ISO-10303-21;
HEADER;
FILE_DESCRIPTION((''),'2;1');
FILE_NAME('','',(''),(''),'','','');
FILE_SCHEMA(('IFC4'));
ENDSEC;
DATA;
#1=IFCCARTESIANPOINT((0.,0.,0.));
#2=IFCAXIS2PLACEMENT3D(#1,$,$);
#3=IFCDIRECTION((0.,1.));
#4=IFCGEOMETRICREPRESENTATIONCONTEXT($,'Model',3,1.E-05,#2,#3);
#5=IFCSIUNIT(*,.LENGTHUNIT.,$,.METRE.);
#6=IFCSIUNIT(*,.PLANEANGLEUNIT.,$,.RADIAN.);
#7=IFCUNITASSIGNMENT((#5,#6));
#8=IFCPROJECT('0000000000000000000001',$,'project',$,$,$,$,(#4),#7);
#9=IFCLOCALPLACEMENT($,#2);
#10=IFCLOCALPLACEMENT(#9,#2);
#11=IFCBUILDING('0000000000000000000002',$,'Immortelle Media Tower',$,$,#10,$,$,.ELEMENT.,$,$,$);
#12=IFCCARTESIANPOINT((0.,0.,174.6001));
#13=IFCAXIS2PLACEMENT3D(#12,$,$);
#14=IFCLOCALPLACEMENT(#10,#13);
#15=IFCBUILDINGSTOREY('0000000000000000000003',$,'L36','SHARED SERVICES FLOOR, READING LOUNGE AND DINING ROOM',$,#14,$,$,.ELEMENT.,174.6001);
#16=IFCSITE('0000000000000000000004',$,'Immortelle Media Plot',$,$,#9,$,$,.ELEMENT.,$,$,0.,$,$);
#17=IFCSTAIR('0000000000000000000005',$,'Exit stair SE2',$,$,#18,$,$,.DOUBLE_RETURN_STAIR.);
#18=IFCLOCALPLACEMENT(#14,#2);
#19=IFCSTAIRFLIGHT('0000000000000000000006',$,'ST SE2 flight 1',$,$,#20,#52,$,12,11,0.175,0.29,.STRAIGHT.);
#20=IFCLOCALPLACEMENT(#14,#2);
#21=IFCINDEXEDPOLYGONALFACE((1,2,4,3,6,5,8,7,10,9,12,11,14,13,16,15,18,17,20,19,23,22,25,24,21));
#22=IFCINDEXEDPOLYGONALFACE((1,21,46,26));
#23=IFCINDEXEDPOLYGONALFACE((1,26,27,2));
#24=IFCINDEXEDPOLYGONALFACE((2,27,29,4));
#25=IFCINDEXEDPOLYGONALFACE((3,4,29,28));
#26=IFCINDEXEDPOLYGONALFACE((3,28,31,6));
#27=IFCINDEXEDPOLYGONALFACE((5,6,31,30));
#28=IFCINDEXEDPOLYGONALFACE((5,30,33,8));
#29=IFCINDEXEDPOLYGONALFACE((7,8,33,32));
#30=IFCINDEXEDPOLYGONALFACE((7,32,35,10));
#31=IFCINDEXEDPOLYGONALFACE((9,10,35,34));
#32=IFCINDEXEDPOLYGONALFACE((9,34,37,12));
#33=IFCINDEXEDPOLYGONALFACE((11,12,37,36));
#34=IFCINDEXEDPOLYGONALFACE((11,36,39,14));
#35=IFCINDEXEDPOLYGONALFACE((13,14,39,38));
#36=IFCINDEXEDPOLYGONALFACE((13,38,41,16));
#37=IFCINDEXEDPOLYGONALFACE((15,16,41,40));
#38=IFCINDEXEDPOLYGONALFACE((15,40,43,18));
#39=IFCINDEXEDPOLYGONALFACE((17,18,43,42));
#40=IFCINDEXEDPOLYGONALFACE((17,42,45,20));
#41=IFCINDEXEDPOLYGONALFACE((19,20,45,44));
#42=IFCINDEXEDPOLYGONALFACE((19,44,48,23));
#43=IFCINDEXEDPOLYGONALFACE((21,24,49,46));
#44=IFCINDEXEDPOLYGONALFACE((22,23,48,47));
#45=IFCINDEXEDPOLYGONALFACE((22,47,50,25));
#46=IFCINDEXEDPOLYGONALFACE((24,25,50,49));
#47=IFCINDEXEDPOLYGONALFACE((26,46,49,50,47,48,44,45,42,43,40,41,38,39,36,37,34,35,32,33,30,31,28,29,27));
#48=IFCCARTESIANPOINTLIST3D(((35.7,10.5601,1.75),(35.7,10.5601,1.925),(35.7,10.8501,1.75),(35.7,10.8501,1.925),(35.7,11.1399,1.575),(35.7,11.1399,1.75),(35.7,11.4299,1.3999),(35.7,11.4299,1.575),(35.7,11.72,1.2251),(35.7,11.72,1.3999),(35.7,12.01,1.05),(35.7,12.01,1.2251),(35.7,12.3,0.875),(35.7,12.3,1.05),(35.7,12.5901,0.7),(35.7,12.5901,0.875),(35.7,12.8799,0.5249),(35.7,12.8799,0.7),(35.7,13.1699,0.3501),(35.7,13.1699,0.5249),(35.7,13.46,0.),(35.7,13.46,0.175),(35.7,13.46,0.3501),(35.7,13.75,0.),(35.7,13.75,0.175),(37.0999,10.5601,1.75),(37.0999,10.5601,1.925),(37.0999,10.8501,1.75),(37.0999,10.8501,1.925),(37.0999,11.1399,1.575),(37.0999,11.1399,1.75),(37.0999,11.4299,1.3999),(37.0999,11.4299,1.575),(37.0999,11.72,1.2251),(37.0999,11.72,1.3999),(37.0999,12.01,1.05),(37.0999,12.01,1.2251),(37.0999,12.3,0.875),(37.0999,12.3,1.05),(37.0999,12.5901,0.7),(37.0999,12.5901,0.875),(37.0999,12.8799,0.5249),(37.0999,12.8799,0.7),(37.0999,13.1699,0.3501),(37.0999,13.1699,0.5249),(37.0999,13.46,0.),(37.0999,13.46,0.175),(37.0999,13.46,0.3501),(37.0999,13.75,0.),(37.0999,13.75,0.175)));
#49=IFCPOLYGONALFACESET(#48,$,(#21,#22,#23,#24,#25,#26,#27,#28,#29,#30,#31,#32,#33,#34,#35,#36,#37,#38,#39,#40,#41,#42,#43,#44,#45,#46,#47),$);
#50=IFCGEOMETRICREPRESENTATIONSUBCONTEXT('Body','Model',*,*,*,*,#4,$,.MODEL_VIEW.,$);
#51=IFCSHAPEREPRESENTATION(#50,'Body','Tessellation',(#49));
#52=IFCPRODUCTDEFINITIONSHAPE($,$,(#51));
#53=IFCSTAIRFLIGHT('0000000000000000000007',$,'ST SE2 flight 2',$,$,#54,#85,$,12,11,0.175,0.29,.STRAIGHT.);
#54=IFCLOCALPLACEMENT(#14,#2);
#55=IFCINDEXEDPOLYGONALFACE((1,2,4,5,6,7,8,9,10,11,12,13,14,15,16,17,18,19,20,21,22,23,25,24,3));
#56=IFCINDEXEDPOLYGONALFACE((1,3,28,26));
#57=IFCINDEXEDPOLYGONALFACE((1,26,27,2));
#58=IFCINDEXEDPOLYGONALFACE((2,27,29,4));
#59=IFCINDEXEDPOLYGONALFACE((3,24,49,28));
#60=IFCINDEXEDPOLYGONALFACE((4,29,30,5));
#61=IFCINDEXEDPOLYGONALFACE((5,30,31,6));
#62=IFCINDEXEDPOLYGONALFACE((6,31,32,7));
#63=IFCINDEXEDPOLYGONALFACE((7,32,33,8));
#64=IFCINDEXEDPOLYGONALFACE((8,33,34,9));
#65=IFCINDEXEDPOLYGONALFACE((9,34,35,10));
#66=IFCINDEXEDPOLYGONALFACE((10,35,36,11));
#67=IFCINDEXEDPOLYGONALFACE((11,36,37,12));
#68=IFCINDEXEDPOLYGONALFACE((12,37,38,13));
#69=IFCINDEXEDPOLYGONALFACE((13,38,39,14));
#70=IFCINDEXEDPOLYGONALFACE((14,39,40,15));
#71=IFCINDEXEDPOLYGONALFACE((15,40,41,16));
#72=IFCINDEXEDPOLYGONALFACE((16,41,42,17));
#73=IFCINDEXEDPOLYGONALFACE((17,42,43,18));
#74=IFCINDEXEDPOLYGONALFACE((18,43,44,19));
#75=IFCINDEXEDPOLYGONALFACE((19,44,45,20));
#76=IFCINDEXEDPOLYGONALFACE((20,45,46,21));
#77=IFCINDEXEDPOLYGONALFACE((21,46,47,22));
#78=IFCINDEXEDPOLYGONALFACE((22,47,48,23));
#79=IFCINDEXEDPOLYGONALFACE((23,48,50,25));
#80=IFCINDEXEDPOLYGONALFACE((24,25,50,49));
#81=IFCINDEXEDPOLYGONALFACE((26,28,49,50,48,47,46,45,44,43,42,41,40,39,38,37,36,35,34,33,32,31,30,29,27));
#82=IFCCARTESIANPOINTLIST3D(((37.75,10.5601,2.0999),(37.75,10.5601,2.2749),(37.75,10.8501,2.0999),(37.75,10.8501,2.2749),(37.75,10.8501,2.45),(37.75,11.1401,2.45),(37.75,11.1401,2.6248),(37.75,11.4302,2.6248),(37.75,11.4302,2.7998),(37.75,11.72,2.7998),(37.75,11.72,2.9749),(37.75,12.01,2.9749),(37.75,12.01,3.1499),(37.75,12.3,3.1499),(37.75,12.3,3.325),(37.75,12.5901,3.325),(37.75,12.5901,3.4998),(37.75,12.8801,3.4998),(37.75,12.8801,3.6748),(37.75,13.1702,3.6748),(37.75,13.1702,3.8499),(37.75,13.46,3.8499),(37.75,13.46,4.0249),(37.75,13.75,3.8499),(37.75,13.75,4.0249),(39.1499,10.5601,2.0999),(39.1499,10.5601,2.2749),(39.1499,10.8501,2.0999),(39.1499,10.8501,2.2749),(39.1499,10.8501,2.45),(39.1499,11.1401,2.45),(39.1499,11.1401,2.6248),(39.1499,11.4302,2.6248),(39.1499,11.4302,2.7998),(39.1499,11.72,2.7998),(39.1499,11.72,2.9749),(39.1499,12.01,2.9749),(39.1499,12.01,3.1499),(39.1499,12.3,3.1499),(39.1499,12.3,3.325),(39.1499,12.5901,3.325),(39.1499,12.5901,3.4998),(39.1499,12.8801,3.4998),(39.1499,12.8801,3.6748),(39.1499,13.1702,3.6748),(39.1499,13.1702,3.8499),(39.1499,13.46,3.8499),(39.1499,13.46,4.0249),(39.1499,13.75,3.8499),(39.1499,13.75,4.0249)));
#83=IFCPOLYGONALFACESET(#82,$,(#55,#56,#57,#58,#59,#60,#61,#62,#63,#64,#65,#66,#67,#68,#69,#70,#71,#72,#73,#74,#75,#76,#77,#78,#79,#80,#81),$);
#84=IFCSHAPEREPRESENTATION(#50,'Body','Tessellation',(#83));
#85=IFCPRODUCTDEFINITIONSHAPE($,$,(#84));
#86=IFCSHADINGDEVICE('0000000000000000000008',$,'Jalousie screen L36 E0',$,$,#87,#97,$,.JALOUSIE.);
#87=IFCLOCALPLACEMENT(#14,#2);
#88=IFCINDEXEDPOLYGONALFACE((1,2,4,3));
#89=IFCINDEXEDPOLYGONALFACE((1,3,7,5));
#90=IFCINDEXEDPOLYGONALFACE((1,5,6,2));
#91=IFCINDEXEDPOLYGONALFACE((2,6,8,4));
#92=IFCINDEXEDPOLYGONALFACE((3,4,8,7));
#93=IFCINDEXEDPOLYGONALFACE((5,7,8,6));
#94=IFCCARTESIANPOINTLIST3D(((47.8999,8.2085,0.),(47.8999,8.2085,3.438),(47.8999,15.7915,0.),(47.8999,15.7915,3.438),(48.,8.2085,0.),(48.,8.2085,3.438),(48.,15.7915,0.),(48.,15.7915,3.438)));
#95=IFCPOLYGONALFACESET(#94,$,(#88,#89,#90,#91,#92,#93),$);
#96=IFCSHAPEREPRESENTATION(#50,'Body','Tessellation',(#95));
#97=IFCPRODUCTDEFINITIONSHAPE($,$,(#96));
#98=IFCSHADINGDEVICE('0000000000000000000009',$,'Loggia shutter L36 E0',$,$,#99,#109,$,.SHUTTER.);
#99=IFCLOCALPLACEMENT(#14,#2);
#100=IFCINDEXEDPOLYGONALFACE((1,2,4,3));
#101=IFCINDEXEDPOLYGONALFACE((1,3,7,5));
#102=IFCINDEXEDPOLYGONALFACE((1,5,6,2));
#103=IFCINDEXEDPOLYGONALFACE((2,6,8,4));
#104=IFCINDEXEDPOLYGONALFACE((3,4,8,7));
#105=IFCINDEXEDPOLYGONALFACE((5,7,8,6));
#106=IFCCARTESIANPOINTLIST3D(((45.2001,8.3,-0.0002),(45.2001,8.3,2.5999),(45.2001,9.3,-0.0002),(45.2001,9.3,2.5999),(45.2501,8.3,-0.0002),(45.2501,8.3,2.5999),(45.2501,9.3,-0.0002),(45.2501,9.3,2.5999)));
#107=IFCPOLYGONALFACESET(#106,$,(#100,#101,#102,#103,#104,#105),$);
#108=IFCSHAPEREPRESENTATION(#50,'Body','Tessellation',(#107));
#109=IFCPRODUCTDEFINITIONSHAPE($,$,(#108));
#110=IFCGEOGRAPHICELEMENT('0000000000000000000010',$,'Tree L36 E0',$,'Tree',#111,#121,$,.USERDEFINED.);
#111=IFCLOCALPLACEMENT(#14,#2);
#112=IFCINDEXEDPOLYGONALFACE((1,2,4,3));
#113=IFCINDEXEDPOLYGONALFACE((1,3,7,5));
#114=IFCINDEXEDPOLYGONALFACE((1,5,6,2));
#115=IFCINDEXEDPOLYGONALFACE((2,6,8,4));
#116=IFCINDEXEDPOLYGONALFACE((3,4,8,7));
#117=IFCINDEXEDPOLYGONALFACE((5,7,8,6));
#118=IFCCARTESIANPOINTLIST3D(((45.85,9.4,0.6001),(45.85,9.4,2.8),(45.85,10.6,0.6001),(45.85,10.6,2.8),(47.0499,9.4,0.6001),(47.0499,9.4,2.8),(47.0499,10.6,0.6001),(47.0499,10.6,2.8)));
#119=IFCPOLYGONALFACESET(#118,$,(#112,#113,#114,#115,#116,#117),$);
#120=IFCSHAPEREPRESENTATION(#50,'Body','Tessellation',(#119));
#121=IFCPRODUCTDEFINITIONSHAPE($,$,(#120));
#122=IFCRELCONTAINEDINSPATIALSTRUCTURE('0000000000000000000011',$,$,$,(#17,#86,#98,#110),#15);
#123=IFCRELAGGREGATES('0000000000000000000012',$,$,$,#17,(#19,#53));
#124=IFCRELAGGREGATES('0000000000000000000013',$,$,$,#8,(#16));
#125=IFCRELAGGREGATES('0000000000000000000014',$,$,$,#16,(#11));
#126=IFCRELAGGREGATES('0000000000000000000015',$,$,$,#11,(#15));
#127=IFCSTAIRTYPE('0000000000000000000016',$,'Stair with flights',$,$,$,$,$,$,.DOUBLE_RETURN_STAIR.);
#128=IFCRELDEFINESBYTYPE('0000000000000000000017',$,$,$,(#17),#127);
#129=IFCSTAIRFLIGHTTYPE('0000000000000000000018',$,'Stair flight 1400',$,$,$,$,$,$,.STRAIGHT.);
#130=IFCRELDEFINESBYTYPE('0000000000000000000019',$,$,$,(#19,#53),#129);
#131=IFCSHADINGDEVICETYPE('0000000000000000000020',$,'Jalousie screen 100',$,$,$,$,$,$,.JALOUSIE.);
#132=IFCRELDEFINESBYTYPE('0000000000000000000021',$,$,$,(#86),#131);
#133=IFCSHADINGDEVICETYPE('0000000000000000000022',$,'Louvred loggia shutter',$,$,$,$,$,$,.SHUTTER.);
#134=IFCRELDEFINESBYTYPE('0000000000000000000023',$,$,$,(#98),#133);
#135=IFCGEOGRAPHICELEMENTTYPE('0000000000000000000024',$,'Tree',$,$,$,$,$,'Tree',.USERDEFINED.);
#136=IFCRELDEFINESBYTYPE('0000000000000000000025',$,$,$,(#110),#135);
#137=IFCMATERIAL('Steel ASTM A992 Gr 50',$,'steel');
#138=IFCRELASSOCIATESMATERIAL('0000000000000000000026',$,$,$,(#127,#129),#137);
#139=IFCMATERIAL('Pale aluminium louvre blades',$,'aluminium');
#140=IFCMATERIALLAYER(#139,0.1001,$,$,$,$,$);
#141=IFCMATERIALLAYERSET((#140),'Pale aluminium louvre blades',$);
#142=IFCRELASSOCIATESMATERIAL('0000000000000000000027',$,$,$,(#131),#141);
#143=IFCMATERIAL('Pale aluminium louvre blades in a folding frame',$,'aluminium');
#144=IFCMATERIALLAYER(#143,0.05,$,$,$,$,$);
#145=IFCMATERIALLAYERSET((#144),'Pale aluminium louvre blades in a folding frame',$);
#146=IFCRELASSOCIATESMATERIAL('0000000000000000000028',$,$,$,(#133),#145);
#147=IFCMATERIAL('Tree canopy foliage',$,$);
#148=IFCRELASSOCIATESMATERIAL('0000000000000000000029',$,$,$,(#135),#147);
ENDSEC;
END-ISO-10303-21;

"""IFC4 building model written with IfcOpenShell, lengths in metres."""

from ifc_helpers import new_model, si_unit, direction, frame, origin, origin_2d, place, context, subcontext, project, spatial, polyline, rectangle, outline, extrude, material, layer, layer_set, type_object, element, aggregate, save


model = new_model("IFC4")

# Units and contexts
model_context = context("Model", 3, precision=1e-05, world=origin(), true_north=direction((0.0, 1.0)))
body_context = subcontext(model_context, "Body", "Model", "MODEL_VIEW")
ifc_project = project(units=[si_unit("LENGTHUNIT", "METRE"), si_unit("PLANEANGLEUNIT", "RADIAN")], contexts=[model_context])

# Site, building, storey
site_placement = place(None, origin())
site = spatial("IfcSite", under=ifc_project, at=site_placement, Name="Immortelle Media Plot", CompositionType="ELEMENT", RefElevation=0.0)
building_placement = place(site_placement, origin())
building = spatial("IfcBuilding", under=site, at=building_placement, Name="Immortelle Media Tower", CompositionType="ELEMENT")
storey_placement = place(building_placement, frame((0.0, 0.0, 174.6001)))
storey = spatial("IfcBuildingStorey", under=building, at=storey_placement, Name="L36", Description="SHARED SERVICES FLOOR, READING LOUNGE AND DINING ROOM", CompositionType="ELEMENT", Elevation=174.6001)

# Shared definitions
ifc_material_1 = material(Name="Steel ASTM A992 Gr 50", Category="steel")

# Stair, stair flights
stair_type = type_object("IfcStairType", Name="Stair with flights", PredefinedType="DOUBLE_RETURN_STAIR", material=ifc_material_1)
stair_flight_type = type_object("IfcStairFlightType", Name="Stair flight 1400", PredefinedType="STRAIGHT", material=ifc_material_1)
stair_1_placement = place(storey_placement, origin())
stair_1 = element("IfcStair", 1, at=stair_1_placement, inside=storey, type_object=stair_type, Name="Exit stair SE2", PredefinedType="DOUBLE_RETURN_STAIR")
stair_flight_1_placement = place(storey_placement, frame((36.3999, 13.75, 0.0), z_axis=(0.0, 0.0, 1.0), x_axis=(0.0, -1.0, 0.0)))
stair_flight_1 = element("IfcStairFlight", 2, at=stair_flight_1_placement, type_object=stair_flight_type, Name="ST SE2 flight 1", NumberOfRisers=12, NumberOfTreads=11, PredefinedType="STRAIGHT", RiserHeight=0.175, TreadLength=0.29, context=body_context, shape_type="SweptSolid", body=[
    extrude(outline(polyline([(0.0, 0.0), (0.0, 0.175), (0.29, 0.175), (0.29, 0.3501), (0.5801, 0.3501), (0.5801, 0.5249), (0.8701, 0.5249), (0.8701, 0.7), (1.1599, 0.7), (1.1599, 0.875), (1.45, 0.875), (1.45, 1.05), (1.74, 1.05), (1.74, 1.2251), (2.03, 1.2251), (2.03, 1.3999), (2.3201, 1.3999), (2.3201, 1.575), (2.6101, 1.575), (2.6101, 1.75), (2.8999, 1.75), (2.8999, 1.925), (3.1899, 1.925), (3.1899, 2.1001), (3.1899, 1.75), (0.29, 0.0), (0.0, 0.0)])), frame((0.0, 0.7, 0.0), z_axis=(0.0, -1.0, 0.0), x_axis=(1.0, 0.0, 0.0)), (0.0, 0.0, 1.0), 1.3999),
])
stair_flight_2_placement = place(storey_placement, frame((38.45, 10.5601, 2.0999), z_axis=(0.0, 0.0, 1.0), x_axis=(0.0, 1.0, 0.0)))
stair_flight_2 = element("IfcStairFlight", 3, at=stair_flight_2_placement, type_object=stair_flight_type, Name="ST SE2 flight 2", NumberOfRisers=12, NumberOfTreads=11, PredefinedType="STRAIGHT", RiserHeight=0.175, TreadLength=0.29, context=body_context, shape_type="SweptSolid", body=[
    extrude(outline(polyline([(0.0, 0.0), (0.0, 0.175), (0.29, 0.175), (0.29, 0.3501), (0.5801, 0.3501), (0.5801, 0.5249), (0.8701, 0.5249), (0.8701, 0.7), (1.1599, 0.7), (1.1599, 0.875), (1.45, 0.875), (1.45, 1.05), (1.74, 1.05), (1.74, 1.2251), (2.03, 1.2251), (2.03, 1.3999), (2.3201, 1.3999), (2.3201, 1.575), (2.6101, 1.575), (2.6101, 1.75), (2.8999, 1.75), (2.8999, 1.925), (3.1899, 1.925), (3.1899, 2.1001), (3.1899, 1.75), (0.29, 0.0), (0.0, 0.0)])), frame((0.0, 0.7, 0.0), z_axis=(0.0, -1.0, 0.0), x_axis=(1.0, 0.0, 0.0)), (0.0, 0.0, 1.0), 1.3999),
])
aggregate(stair_1, [stair_flight_1, stair_flight_2])

# Shading devices
ifc_material_2 = material(Name="Pale aluminium louvre blades", Category="aluminium")
ifc_layer_1 = layer(ifc_material_2, 0.1001)
ifc_layer_set_1 = layer_set([ifc_layer_1], Name="Pale aluminium louvre blades")
shading_device_type_1 = type_object("IfcShadingDeviceType", Name="Jalousie screen 100", PredefinedType="JALOUSIE", material=ifc_layer_set_1)
shading_device_1_placement = place(storey_placement, frame((47.95, 12.0, 0.0), z_axis=(0.0, 0.0, 1.0), x_axis=(0.0, 1.0, 0.0)))
element("IfcShadingDevice", 4, at=shading_device_1_placement, inside=storey, type_object=shading_device_type_1, Name="Jalousie screen L36 E0", PredefinedType="JALOUSIE", context=body_context, shape_type="SweptSolid", body=[
    extrude(rectangle(XDim=7.583, YDim=0.1001, at=origin_2d()), origin(), (0.0, 0.0, 1.0), 3.438),
])
ifc_material_3 = material(Name="Pale aluminium louvre blades in a folding frame", Category="aluminium")
ifc_layer_2 = layer(ifc_material_3, 0.05)
ifc_layer_set_2 = layer_set([ifc_layer_2], Name="Pale aluminium louvre blades in a folding frame")
shading_device_type_2 = type_object("IfcShadingDeviceType", Name="Louvred loggia shutter", PredefinedType="SHUTTER", material=ifc_layer_set_2)
shading_device_2_placement = place(storey_placement, frame((45.2251, 8.8, -0.0002), z_axis=(0.0, 0.0, 1.0), x_axis=(0.0, 1.0, 0.0)))
element("IfcShadingDevice", 5, at=shading_device_2_placement, inside=storey, type_object=shading_device_type_2, Name="Loggia shutter L36 E0", PredefinedType="SHUTTER", context=body_context, shape_type="SweptSolid", body=[
    extrude(rectangle(XDim=1.0, YDim=0.05, at=origin_2d()), origin(), (0.0, 0.0, 1.0), 2.6001),
])

# Geographic element
ifc_material_4 = material(Name="Tree canopy foliage")
geographic_element_type = type_object("IfcGeographicElementType", Name="Tree", ElementType="Tree", PredefinedType="USERDEFINED", material=ifc_material_4)
geographic_element_placement = place(storey_placement, frame((46.45, 10.0, 0.6001), z_axis=(0.0, 0.0, 1.0), x_axis=(1.0, 0.0, 0.0)))
element("IfcGeographicElement", 6, at=geographic_element_placement, inside=storey, type_object=geographic_element_type, Name="Tree L36 E0", ObjectType="Tree", PredefinedType="USERDEFINED", context=body_context, shape_type="SweptSolid", body=[
    extrude(rectangle(XDim=1.2, YDim=1.2, at=origin_2d()), origin(), (0.0, 0.0, 1.0), 2.2),
])

save(model, "model.ifc")
